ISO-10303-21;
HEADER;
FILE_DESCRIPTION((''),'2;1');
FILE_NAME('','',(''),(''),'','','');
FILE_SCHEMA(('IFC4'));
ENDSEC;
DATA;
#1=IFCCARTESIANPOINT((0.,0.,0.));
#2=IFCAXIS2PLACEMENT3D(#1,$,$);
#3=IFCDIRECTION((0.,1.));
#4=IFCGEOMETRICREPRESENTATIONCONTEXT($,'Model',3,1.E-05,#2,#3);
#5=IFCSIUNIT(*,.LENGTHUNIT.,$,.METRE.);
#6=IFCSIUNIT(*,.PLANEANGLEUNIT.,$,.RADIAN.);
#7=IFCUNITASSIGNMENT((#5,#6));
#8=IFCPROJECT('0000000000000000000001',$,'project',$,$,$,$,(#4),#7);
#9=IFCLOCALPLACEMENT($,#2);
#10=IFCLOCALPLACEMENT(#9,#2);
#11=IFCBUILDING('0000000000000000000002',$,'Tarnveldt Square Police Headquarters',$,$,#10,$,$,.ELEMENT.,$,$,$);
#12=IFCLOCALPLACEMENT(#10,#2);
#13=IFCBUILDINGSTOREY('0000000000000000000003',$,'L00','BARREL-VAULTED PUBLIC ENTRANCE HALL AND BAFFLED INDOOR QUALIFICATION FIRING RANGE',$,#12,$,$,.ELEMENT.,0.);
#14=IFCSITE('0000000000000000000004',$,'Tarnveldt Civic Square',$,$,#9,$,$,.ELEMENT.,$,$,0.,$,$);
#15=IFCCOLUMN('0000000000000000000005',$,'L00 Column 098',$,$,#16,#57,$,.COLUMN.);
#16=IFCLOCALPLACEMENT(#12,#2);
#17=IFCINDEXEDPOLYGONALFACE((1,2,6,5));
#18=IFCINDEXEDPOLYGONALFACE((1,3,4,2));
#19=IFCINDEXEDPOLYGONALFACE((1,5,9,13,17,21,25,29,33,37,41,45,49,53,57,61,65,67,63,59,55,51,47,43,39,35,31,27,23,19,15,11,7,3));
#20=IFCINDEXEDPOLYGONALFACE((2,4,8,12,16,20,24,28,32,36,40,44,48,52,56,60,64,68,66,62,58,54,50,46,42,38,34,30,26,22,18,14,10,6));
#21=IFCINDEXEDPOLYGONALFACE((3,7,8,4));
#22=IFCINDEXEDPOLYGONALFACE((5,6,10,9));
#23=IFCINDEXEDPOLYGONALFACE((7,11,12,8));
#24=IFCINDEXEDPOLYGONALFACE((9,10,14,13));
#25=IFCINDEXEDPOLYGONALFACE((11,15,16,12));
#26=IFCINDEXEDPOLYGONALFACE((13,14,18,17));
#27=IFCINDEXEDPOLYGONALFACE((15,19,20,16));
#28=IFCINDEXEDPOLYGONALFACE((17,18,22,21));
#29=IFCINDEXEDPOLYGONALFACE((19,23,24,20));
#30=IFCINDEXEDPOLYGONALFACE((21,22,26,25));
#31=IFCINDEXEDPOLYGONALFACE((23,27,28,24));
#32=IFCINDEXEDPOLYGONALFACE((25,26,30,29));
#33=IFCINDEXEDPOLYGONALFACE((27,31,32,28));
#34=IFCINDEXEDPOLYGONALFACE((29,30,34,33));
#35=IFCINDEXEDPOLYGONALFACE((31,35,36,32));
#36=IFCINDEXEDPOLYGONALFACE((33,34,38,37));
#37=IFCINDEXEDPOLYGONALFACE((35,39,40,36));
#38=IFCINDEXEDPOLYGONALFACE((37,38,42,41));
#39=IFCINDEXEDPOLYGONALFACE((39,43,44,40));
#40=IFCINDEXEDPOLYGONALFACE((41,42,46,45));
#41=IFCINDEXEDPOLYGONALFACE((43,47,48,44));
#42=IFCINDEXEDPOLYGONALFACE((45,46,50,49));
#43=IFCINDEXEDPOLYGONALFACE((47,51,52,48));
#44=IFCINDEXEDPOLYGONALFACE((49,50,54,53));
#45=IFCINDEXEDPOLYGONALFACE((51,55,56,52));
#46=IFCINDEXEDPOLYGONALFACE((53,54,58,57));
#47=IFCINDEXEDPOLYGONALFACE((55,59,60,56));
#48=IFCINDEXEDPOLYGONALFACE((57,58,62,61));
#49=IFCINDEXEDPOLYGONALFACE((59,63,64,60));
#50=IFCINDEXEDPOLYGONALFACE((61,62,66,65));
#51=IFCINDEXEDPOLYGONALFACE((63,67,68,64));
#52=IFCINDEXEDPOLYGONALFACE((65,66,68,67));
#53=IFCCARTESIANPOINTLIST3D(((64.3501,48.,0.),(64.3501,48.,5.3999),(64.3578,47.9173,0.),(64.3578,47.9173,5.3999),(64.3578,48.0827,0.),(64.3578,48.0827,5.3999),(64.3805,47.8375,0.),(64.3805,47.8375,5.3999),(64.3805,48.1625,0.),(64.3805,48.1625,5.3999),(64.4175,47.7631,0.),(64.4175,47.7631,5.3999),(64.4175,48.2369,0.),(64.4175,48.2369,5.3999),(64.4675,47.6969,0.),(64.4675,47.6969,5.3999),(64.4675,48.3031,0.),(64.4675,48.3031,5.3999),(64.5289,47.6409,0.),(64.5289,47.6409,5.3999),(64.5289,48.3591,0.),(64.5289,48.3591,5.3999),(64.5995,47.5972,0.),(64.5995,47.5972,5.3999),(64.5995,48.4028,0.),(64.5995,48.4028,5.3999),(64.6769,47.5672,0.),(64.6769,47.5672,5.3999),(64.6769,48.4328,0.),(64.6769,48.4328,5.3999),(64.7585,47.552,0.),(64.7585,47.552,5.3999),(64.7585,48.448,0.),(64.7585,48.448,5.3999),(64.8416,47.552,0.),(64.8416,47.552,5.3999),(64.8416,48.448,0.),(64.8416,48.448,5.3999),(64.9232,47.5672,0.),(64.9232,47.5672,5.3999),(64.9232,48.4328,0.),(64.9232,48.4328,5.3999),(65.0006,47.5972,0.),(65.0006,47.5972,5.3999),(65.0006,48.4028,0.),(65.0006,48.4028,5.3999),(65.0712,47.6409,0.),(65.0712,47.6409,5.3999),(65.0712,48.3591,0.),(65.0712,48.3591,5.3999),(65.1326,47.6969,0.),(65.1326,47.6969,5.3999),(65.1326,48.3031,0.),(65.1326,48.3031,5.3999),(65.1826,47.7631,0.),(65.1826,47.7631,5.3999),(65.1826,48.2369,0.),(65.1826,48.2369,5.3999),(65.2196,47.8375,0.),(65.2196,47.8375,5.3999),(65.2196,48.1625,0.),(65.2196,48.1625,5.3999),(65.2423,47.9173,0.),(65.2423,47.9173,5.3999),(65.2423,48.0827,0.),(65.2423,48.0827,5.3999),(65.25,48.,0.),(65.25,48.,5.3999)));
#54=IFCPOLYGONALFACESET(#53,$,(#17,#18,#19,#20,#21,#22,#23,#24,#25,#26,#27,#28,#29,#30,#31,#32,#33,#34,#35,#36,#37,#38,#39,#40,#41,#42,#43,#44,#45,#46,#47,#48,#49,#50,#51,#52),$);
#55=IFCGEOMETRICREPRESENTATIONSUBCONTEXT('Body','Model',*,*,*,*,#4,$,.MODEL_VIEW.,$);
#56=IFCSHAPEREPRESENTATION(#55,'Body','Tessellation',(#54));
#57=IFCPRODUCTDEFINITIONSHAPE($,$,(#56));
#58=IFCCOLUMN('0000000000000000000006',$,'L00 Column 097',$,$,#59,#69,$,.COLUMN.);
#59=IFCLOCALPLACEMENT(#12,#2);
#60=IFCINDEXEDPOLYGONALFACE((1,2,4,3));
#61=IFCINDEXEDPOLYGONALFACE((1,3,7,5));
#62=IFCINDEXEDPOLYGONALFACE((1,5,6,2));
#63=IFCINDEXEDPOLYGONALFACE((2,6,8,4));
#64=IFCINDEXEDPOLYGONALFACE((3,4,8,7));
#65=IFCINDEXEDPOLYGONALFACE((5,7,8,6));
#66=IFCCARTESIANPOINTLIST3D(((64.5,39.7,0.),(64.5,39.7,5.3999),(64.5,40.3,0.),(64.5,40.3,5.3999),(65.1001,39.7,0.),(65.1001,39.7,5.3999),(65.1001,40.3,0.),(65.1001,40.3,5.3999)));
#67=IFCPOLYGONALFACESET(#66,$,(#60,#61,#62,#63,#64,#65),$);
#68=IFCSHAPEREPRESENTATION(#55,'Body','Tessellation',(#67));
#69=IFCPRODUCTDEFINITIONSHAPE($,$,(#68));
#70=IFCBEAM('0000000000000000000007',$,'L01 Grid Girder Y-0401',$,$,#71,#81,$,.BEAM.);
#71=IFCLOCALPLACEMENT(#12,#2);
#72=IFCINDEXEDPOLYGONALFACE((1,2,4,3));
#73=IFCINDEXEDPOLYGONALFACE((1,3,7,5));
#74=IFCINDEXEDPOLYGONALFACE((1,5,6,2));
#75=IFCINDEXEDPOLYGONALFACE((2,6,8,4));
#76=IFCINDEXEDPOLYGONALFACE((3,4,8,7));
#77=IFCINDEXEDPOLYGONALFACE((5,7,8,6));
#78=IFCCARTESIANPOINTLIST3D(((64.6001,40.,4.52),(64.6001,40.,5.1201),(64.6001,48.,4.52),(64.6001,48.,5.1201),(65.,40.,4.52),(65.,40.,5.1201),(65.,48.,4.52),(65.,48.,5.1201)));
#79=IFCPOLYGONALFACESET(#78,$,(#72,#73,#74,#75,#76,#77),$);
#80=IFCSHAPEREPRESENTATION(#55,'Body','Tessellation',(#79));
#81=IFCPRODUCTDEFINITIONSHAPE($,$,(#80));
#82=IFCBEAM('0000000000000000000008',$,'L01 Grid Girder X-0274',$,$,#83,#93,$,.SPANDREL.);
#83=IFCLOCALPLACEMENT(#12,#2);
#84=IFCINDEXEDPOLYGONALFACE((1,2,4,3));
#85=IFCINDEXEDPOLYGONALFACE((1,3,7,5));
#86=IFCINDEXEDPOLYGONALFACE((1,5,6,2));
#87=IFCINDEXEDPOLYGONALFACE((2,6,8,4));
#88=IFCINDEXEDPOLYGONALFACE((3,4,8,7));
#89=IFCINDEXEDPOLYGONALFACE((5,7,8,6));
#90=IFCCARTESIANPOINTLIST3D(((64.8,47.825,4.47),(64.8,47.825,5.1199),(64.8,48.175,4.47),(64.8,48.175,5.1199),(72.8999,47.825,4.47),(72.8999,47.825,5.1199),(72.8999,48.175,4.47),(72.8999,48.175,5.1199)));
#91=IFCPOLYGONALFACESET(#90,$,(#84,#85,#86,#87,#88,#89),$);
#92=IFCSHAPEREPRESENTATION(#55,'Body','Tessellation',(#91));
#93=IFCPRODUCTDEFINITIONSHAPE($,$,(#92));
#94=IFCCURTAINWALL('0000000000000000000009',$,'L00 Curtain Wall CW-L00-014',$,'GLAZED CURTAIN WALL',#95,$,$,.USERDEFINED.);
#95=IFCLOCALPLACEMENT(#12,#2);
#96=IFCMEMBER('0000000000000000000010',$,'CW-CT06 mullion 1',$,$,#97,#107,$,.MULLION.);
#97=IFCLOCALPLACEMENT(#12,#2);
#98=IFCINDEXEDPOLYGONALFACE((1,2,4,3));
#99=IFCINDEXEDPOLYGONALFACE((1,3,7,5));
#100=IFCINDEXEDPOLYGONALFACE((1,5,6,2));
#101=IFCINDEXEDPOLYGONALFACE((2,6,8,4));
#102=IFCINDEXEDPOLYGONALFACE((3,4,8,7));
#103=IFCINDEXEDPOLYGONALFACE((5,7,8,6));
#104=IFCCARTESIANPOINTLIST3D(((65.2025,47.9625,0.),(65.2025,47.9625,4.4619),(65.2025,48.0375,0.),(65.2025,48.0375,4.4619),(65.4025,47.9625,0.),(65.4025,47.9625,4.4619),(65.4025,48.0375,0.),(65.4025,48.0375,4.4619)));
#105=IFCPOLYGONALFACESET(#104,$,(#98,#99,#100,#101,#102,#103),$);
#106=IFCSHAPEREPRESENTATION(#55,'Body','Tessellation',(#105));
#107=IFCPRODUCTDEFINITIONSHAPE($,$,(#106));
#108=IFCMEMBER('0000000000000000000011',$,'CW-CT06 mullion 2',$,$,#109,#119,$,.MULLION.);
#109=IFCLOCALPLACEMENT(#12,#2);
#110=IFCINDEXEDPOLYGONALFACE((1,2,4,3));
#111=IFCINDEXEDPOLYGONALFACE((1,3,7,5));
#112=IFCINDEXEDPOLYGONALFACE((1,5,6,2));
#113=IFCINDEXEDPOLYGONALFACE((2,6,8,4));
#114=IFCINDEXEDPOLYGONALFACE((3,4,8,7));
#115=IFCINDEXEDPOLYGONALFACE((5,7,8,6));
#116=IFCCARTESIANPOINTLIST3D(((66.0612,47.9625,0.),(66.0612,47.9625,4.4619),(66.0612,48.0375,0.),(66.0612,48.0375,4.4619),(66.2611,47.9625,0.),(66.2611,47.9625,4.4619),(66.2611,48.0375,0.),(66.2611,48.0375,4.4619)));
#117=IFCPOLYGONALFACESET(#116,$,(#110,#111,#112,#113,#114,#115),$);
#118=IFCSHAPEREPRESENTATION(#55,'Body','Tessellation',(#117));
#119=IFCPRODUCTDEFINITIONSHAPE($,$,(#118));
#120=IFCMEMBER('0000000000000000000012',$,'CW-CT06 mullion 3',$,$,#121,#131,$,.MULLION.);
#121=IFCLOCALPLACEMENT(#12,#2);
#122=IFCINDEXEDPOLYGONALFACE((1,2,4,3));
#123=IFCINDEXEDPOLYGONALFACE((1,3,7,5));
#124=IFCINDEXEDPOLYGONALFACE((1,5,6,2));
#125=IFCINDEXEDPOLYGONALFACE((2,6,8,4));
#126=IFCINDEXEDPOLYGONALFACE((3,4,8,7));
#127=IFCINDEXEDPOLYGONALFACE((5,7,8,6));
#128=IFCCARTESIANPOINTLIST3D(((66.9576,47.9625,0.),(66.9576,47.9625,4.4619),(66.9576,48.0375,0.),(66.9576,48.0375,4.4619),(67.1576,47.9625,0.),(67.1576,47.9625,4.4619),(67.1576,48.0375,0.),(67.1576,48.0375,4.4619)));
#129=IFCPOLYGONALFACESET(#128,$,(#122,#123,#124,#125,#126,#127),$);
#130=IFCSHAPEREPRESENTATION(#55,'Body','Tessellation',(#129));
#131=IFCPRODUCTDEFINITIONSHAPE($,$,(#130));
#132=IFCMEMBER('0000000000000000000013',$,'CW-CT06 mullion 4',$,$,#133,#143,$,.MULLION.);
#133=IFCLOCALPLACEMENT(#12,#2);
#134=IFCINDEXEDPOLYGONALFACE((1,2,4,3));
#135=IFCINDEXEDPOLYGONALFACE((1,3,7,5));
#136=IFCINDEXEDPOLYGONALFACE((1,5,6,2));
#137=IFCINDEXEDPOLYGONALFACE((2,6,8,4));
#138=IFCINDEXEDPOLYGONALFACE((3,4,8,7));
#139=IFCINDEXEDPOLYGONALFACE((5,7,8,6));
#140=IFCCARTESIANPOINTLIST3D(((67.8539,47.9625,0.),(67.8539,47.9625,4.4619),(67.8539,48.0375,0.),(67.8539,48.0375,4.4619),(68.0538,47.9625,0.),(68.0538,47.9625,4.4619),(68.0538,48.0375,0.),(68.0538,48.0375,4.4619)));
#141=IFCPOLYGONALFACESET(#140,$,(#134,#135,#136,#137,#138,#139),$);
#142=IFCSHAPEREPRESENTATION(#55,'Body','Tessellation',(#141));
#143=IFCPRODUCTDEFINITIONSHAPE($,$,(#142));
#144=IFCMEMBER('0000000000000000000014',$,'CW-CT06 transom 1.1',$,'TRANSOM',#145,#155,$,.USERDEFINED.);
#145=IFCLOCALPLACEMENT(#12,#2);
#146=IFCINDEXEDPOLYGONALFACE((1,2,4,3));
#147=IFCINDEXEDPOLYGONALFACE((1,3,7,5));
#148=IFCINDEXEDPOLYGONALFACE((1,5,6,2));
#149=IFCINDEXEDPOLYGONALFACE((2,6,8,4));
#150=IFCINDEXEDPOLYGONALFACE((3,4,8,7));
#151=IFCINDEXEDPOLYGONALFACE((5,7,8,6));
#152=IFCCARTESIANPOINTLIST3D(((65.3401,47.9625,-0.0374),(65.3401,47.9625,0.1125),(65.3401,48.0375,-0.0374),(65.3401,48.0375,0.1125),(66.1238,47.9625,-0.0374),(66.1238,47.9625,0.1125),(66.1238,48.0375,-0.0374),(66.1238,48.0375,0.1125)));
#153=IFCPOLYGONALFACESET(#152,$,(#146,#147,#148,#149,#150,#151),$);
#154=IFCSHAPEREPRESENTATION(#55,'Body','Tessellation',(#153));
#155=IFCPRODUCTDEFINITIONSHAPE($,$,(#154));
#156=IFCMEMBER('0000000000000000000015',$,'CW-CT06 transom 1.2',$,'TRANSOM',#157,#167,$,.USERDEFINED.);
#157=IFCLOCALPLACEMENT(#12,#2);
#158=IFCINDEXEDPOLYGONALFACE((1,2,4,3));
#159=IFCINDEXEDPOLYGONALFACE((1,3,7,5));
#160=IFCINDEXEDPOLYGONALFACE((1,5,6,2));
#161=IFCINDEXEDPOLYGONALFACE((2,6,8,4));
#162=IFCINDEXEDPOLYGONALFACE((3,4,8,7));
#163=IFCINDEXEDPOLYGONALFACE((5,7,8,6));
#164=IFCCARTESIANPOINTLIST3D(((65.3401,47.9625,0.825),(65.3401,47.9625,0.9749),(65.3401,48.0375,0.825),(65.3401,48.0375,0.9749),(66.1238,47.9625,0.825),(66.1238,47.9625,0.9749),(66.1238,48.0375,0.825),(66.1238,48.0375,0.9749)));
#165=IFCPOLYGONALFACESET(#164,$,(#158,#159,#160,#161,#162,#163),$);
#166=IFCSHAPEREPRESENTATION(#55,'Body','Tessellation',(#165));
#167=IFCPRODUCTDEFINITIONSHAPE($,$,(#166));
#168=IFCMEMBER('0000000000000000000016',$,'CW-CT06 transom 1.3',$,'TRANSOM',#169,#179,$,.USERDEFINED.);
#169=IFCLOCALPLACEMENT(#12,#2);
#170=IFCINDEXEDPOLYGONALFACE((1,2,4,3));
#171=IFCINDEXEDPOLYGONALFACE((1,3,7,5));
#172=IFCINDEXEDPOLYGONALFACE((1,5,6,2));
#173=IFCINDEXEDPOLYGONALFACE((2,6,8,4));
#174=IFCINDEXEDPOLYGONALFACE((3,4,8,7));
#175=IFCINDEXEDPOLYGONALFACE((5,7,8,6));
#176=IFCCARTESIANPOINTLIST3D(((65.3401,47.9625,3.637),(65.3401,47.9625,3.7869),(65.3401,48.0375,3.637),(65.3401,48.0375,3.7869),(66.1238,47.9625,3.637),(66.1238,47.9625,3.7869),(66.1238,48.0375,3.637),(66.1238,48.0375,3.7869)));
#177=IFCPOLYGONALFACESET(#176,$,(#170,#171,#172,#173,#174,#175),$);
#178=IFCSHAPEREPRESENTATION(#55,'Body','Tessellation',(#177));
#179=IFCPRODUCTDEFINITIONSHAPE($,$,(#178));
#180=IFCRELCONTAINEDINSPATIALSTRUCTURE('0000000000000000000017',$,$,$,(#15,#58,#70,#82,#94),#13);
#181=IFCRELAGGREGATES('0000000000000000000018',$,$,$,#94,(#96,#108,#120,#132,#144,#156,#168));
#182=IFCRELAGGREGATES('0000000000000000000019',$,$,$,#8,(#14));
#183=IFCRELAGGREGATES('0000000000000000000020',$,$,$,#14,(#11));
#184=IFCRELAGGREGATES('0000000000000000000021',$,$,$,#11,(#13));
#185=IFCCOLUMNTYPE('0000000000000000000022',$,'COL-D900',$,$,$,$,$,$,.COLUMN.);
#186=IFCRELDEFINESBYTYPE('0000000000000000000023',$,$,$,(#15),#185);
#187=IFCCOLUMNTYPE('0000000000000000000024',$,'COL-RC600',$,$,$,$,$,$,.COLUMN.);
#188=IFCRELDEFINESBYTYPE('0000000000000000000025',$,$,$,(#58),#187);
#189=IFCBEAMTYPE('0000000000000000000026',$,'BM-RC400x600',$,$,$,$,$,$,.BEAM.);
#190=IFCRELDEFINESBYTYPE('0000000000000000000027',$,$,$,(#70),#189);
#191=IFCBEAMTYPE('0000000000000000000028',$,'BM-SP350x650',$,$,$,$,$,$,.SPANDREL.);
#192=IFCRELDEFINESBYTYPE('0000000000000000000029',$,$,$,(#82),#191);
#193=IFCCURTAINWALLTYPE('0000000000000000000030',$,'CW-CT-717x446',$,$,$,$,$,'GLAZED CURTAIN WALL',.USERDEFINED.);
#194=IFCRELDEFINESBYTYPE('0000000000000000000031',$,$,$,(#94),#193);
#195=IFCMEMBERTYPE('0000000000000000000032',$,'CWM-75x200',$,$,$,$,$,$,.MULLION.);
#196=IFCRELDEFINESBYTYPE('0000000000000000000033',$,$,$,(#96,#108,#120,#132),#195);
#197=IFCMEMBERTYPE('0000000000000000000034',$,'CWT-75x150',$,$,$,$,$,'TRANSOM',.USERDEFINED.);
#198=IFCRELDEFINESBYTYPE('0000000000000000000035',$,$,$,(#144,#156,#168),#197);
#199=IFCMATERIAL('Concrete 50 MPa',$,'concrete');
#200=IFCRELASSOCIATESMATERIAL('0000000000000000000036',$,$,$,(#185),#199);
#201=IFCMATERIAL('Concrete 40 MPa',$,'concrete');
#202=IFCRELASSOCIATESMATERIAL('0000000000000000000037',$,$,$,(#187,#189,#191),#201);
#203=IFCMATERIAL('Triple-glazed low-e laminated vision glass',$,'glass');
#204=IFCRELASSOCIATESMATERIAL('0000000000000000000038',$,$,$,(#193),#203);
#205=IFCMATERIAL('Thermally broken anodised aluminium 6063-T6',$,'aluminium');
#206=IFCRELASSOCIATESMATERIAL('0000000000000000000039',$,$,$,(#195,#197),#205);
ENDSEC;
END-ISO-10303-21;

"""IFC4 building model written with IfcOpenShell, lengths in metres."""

from ifc_helpers import new_model, si_unit, direction, frame, origin, origin_2d, place, context, subcontext, project, spatial, rectangle, circle, extrude, material, material_profile, profile_set, type_object, element, aggregate, save


model = new_model("IFC4")

# Units and contexts
model_context = context("Model", 3, precision=1e-05, world=origin(), true_north=direction((0.0, 1.0)))
body_context = subcontext(model_context, "Body", "Model", "MODEL_VIEW")
ifc_project = project(units=[si_unit("LENGTHUNIT", "METRE"), si_unit("PLANEANGLEUNIT", "RADIAN")], contexts=[model_context])

# Site, building, storey
site_placement = place(None, origin())
site = spatial("IfcSite", under=ifc_project, at=site_placement, Name="Tarnveldt Civic Square", CompositionType="ELEMENT", RefElevation=0.0)
building_placement = place(site_placement, origin())
building = spatial("IfcBuilding", under=site, at=building_placement, Name="Tarnveldt Square Police Headquarters", CompositionType="ELEMENT")
storey_placement = place(building_placement, origin())
storey = spatial("IfcBuildingStorey", under=building, at=storey_placement, Name="L00", Description="BARREL-VAULTED PUBLIC ENTRANCE HALL AND BAFFLED INDOOR QUALIFICATION FIRING RANGE", CompositionType="ELEMENT", Elevation=0.0)

# Columns
ifc_material_1 = material(Name="Concrete 50 MPa", Category="concrete")
ifc_material_profile_1 = material_profile(ifc_material_1, circle(Radius=0.45, at=origin_2d()), Name="RC-D900")
ifc_profile_set_1 = profile_set([ifc_material_profile_1], Name="Concrete 50 MPa")
column_type_1 = type_object("IfcColumnType", Name="COL-D900", PredefinedType="COLUMN", material=ifc_profile_set_1)
column_1_placement = place(storey_placement, frame((64.8, 48.0, 0.0), z_axis=(0.0, 0.0, 1.0), x_axis=(1.0, 0.0, 0.0)))
element("IfcColumn", 1, at=column_1_placement, inside=storey, type_object=column_type_1, Name="L00 Column 098", PredefinedType="COLUMN", context=body_context, shape_type="SweptSolid", body=[
    extrude(circle(Radius=0.45, at=origin_2d()), origin(), (0.0, 0.0, 1.0), 5.3999),
])
ifc_material_2 = material(Name="Concrete 40 MPa", Category="concrete")
ifc_material_profile_2 = material_profile(ifc_material_2, rectangle(XDim=0.6001, YDim=0.6001, at=origin_2d()), Name="RC-C600x600")
ifc_profile_set_2 = profile_set([ifc_material_profile_2], Name="Concrete 40 MPa")
column_type_2 = type_object("IfcColumnType", Name="COL-RC600", PredefinedType="COLUMN", material=ifc_profile_set_2)
column_2_placement = place(storey_placement, frame((64.8, 40.0, 0.0), z_axis=(0.0, 0.0, 1.0), x_axis=(1.0, 0.0, 0.0)))
element("IfcColumn", 2, at=column_2_placement, inside=storey, type_object=column_type_2, Name="L00 Column 097", PredefinedType="COLUMN", context=body_context, shape_type="SweptSolid", body=[
    extrude(rectangle(XDim=0.6001, YDim=0.6001, at=origin_2d()), origin(), (0.0, 0.0, 1.0), 5.3999),
])

# Beams
ifc_material_profile_3 = material_profile(ifc_material_2, rectangle(XDim=0.3999, YDim=0.6001, at=origin_2d()), Name="RC-B400x600")
ifc_profile_set_3 = profile_set([ifc_material_profile_3], Name="Concrete 40 MPa")
beam_type_1 = type_object("IfcBeamType", Name="BM-RC400x600", PredefinedType="BEAM", material=ifc_profile_set_3)
beam_1_placement = place(storey_placement, frame((64.8, 40.0, 4.8201), z_axis=(0.0, 1.0, 0.0), x_axis=(-1.0, 0.0, 0.0)))
element("IfcBeam", 3, at=beam_1_placement, inside=storey, type_object=beam_type_1, Name="L01 Grid Girder Y-0401", PredefinedType="BEAM", context=body_context, shape_type="SweptSolid", body=[
    extrude(rectangle(XDim=0.3999, YDim=0.6001, at=origin_2d()), origin(), (0.0, 0.0, 1.0), 8.0),
])
ifc_material_profile_4 = material_profile(ifc_material_2, rectangle(XDim=0.3501, YDim=0.6499, at=origin_2d()), Name="RC-SP350x650")
ifc_profile_set_4 = profile_set([ifc_material_profile_4], Name="Concrete 40 MPa")
beam_type_2 = type_object("IfcBeamType", Name="BM-SP350x650", PredefinedType="SPANDREL", material=ifc_profile_set_4)
beam_2_placement = place(storey_placement, frame((64.8, 48.0, 4.7949), z_axis=(1.0, 0.0, 0.0), x_axis=(0.0, 1.0, 0.0)))
element("IfcBeam", 4, at=beam_2_placement, inside=storey, type_object=beam_type_2, Name="L01 Grid Girder X-0274", PredefinedType="SPANDREL", context=body_context, shape_type="SweptSolid", body=[
    extrude(rectangle(XDim=0.3501, YDim=0.6499, at=origin_2d()), origin(), (0.0, 0.0, 1.0), 8.0999),
])

# Curtain wall, members
ifc_material_3 = material(Name="Triple-glazed low-e laminated vision glass", Category="glass")
curtain_wall_type = type_object("IfcCurtainWallType", Name="CW-CT-717x446", ElementType="GLAZED CURTAIN WALL", PredefinedType="USERDEFINED", material=ifc_material_3)
curtain_wall_placement = place(storey_placement, origin())
curtain_wall = element("IfcCurtainWall", 5, at=curtain_wall_placement, inside=storey, type_object=curtain_wall_type, Name="L00 Curtain Wall CW-L00-014", ObjectType="GLAZED CURTAIN WALL", PredefinedType="USERDEFINED")
ifc_material_4 = material(Name="Thermally broken anodised aluminium 6063-T6", Category="aluminium")
ifc_material_profile_5 = material_profile(ifc_material_4, rectangle(XDim=0.075, YDim=0.2, at=origin_2d()), Name="CW-M75x200")
ifc_profile_set_5 = profile_set([ifc_material_profile_5], Name="Thermally broken anodised aluminium 6063-T6")
member_type_1 = type_object("IfcMemberType", Name="CWM-75x200", PredefinedType="MULLION", material=ifc_profile_set_5)
member_1_placement = place(storey_placement, frame((65.3025, 48.0, 0.0), z_axis=(0.0, 0.0, 1.0), x_axis=(0.0, 1.0, 0.0)))
member_1 = element("IfcMember", 6, at=member_1_placement, type_object=member_type_1, Name="CW-CT06 mullion 1", PredefinedType="MULLION", context=body_context, shape_type="SweptSolid", body=[
    extrude(rectangle(XDim=0.075, YDim=0.2, at=origin_2d()), origin(), (0.0, 0.0, 1.0), 4.4619),
])
member_2_placement = place(storey_placement, frame((66.1611, 48.0, 0.0), z_axis=(0.0, 0.0, 1.0), x_axis=(0.0, 1.0, 0.0)))
member_2 = element("IfcMember", 7, at=member_2_placement, type_object=member_type_1, Name="CW-CT06 mullion 2", PredefinedType="MULLION", context=body_context, shape_type="SweptSolid", body=[
    extrude(rectangle(XDim=0.075, YDim=0.2, at=origin_2d()), origin(), (0.0, 0.0, 1.0), 4.4619),
])
member_3_placement = place(storey_placement, frame((67.0576, 48.0, 0.0), z_axis=(0.0, 0.0, 1.0), x_axis=(0.0, 1.0, 0.0)))
member_3 = element("IfcMember", 8, at=member_3_placement, type_object=member_type_1, Name="CW-CT06 mullion 3", PredefinedType="MULLION", context=body_context, shape_type="SweptSolid", body=[
    extrude(rectangle(XDim=0.075, YDim=0.2, at=origin_2d()), origin(), (0.0, 0.0, 1.0), 4.4619),
])
member_4_placement = place(storey_placement, frame((67.9539, 48.0, 0.0), z_axis=(0.0, 0.0, 1.0), x_axis=(0.0, 1.0, 0.0)))
member_4 = element("IfcMember", 9, at=member_4_placement, type_object=member_type_1, Name="CW-CT06 mullion 4", PredefinedType="MULLION", context=body_context, shape_type="SweptSolid", body=[
    extrude(rectangle(XDim=0.075, YDim=0.2, at=origin_2d()), origin(), (0.0, 0.0, 1.0), 4.4619),
])
ifc_material_profile_6 = material_profile(ifc_material_4, rectangle(XDim=0.075, YDim=0.1499, at=origin_2d()), Name="CW-T75x150")
ifc_profile_set_6 = profile_set([ifc_material_profile_6], Name="Thermally broken anodised aluminium 6063-T6")
member_type_2 = type_object("IfcMemberType", Name="CWT-75x150", ElementType="TRANSOM", PredefinedType="USERDEFINED", material=ifc_profile_set_6)
member_5_placement = place(storey_placement, frame((65.3401, 48.0, 0.0376), z_axis=(1.0, 0.0, 0.0), x_axis=(0.0, 1.0, 0.0)))
member_5 = element("IfcMember", 10, at=member_5_placement, type_object=member_type_2, Name="CW-CT06 transom 1.1", ObjectType="TRANSOM", PredefinedType="USERDEFINED", context=body_context, shape_type="SweptSolid", body=[
    extrude(rectangle(XDim=0.075, YDim=0.1499, at=origin_2d()), origin(), (0.0, 0.0, 1.0), 0.7837),
])
member_6_placement = place(storey_placement, frame((65.3401, 48.0, 0.8999), z_axis=(1.0, 0.0, 0.0), x_axis=(0.0, 1.0, 0.0)))
member_6 = element("IfcMember", 11, at=member_6_placement, type_object=member_type_2, Name="CW-CT06 transom 1.2", ObjectType="TRANSOM", PredefinedType="USERDEFINED", context=body_context, shape_type="SweptSolid", body=[
    extrude(rectangle(XDim=0.075, YDim=0.1499, at=origin_2d()), origin(), (0.0, 0.0, 1.0), 0.7837),
])
member_7_placement = place(storey_placement, frame((65.3401, 48.0, 3.7119), z_axis=(1.0, 0.0, 0.0), x_axis=(0.0, 1.0, 0.0)))
member_7 = element("IfcMember", 12, at=member_7_placement, type_object=member_type_2, Name="CW-CT06 transom 1.3", ObjectType="TRANSOM", PredefinedType="USERDEFINED", context=body_context, shape_type="SweptSolid", body=[
    extrude(rectangle(XDim=0.075, YDim=0.1499, at=origin_2d()), origin(), (0.0, 0.0, 1.0), 0.7837),
])
aggregate(curtain_wall, [member_1, member_2, member_3, member_4, member_5, member_6, member_7])

save(model, "model.ifc")
